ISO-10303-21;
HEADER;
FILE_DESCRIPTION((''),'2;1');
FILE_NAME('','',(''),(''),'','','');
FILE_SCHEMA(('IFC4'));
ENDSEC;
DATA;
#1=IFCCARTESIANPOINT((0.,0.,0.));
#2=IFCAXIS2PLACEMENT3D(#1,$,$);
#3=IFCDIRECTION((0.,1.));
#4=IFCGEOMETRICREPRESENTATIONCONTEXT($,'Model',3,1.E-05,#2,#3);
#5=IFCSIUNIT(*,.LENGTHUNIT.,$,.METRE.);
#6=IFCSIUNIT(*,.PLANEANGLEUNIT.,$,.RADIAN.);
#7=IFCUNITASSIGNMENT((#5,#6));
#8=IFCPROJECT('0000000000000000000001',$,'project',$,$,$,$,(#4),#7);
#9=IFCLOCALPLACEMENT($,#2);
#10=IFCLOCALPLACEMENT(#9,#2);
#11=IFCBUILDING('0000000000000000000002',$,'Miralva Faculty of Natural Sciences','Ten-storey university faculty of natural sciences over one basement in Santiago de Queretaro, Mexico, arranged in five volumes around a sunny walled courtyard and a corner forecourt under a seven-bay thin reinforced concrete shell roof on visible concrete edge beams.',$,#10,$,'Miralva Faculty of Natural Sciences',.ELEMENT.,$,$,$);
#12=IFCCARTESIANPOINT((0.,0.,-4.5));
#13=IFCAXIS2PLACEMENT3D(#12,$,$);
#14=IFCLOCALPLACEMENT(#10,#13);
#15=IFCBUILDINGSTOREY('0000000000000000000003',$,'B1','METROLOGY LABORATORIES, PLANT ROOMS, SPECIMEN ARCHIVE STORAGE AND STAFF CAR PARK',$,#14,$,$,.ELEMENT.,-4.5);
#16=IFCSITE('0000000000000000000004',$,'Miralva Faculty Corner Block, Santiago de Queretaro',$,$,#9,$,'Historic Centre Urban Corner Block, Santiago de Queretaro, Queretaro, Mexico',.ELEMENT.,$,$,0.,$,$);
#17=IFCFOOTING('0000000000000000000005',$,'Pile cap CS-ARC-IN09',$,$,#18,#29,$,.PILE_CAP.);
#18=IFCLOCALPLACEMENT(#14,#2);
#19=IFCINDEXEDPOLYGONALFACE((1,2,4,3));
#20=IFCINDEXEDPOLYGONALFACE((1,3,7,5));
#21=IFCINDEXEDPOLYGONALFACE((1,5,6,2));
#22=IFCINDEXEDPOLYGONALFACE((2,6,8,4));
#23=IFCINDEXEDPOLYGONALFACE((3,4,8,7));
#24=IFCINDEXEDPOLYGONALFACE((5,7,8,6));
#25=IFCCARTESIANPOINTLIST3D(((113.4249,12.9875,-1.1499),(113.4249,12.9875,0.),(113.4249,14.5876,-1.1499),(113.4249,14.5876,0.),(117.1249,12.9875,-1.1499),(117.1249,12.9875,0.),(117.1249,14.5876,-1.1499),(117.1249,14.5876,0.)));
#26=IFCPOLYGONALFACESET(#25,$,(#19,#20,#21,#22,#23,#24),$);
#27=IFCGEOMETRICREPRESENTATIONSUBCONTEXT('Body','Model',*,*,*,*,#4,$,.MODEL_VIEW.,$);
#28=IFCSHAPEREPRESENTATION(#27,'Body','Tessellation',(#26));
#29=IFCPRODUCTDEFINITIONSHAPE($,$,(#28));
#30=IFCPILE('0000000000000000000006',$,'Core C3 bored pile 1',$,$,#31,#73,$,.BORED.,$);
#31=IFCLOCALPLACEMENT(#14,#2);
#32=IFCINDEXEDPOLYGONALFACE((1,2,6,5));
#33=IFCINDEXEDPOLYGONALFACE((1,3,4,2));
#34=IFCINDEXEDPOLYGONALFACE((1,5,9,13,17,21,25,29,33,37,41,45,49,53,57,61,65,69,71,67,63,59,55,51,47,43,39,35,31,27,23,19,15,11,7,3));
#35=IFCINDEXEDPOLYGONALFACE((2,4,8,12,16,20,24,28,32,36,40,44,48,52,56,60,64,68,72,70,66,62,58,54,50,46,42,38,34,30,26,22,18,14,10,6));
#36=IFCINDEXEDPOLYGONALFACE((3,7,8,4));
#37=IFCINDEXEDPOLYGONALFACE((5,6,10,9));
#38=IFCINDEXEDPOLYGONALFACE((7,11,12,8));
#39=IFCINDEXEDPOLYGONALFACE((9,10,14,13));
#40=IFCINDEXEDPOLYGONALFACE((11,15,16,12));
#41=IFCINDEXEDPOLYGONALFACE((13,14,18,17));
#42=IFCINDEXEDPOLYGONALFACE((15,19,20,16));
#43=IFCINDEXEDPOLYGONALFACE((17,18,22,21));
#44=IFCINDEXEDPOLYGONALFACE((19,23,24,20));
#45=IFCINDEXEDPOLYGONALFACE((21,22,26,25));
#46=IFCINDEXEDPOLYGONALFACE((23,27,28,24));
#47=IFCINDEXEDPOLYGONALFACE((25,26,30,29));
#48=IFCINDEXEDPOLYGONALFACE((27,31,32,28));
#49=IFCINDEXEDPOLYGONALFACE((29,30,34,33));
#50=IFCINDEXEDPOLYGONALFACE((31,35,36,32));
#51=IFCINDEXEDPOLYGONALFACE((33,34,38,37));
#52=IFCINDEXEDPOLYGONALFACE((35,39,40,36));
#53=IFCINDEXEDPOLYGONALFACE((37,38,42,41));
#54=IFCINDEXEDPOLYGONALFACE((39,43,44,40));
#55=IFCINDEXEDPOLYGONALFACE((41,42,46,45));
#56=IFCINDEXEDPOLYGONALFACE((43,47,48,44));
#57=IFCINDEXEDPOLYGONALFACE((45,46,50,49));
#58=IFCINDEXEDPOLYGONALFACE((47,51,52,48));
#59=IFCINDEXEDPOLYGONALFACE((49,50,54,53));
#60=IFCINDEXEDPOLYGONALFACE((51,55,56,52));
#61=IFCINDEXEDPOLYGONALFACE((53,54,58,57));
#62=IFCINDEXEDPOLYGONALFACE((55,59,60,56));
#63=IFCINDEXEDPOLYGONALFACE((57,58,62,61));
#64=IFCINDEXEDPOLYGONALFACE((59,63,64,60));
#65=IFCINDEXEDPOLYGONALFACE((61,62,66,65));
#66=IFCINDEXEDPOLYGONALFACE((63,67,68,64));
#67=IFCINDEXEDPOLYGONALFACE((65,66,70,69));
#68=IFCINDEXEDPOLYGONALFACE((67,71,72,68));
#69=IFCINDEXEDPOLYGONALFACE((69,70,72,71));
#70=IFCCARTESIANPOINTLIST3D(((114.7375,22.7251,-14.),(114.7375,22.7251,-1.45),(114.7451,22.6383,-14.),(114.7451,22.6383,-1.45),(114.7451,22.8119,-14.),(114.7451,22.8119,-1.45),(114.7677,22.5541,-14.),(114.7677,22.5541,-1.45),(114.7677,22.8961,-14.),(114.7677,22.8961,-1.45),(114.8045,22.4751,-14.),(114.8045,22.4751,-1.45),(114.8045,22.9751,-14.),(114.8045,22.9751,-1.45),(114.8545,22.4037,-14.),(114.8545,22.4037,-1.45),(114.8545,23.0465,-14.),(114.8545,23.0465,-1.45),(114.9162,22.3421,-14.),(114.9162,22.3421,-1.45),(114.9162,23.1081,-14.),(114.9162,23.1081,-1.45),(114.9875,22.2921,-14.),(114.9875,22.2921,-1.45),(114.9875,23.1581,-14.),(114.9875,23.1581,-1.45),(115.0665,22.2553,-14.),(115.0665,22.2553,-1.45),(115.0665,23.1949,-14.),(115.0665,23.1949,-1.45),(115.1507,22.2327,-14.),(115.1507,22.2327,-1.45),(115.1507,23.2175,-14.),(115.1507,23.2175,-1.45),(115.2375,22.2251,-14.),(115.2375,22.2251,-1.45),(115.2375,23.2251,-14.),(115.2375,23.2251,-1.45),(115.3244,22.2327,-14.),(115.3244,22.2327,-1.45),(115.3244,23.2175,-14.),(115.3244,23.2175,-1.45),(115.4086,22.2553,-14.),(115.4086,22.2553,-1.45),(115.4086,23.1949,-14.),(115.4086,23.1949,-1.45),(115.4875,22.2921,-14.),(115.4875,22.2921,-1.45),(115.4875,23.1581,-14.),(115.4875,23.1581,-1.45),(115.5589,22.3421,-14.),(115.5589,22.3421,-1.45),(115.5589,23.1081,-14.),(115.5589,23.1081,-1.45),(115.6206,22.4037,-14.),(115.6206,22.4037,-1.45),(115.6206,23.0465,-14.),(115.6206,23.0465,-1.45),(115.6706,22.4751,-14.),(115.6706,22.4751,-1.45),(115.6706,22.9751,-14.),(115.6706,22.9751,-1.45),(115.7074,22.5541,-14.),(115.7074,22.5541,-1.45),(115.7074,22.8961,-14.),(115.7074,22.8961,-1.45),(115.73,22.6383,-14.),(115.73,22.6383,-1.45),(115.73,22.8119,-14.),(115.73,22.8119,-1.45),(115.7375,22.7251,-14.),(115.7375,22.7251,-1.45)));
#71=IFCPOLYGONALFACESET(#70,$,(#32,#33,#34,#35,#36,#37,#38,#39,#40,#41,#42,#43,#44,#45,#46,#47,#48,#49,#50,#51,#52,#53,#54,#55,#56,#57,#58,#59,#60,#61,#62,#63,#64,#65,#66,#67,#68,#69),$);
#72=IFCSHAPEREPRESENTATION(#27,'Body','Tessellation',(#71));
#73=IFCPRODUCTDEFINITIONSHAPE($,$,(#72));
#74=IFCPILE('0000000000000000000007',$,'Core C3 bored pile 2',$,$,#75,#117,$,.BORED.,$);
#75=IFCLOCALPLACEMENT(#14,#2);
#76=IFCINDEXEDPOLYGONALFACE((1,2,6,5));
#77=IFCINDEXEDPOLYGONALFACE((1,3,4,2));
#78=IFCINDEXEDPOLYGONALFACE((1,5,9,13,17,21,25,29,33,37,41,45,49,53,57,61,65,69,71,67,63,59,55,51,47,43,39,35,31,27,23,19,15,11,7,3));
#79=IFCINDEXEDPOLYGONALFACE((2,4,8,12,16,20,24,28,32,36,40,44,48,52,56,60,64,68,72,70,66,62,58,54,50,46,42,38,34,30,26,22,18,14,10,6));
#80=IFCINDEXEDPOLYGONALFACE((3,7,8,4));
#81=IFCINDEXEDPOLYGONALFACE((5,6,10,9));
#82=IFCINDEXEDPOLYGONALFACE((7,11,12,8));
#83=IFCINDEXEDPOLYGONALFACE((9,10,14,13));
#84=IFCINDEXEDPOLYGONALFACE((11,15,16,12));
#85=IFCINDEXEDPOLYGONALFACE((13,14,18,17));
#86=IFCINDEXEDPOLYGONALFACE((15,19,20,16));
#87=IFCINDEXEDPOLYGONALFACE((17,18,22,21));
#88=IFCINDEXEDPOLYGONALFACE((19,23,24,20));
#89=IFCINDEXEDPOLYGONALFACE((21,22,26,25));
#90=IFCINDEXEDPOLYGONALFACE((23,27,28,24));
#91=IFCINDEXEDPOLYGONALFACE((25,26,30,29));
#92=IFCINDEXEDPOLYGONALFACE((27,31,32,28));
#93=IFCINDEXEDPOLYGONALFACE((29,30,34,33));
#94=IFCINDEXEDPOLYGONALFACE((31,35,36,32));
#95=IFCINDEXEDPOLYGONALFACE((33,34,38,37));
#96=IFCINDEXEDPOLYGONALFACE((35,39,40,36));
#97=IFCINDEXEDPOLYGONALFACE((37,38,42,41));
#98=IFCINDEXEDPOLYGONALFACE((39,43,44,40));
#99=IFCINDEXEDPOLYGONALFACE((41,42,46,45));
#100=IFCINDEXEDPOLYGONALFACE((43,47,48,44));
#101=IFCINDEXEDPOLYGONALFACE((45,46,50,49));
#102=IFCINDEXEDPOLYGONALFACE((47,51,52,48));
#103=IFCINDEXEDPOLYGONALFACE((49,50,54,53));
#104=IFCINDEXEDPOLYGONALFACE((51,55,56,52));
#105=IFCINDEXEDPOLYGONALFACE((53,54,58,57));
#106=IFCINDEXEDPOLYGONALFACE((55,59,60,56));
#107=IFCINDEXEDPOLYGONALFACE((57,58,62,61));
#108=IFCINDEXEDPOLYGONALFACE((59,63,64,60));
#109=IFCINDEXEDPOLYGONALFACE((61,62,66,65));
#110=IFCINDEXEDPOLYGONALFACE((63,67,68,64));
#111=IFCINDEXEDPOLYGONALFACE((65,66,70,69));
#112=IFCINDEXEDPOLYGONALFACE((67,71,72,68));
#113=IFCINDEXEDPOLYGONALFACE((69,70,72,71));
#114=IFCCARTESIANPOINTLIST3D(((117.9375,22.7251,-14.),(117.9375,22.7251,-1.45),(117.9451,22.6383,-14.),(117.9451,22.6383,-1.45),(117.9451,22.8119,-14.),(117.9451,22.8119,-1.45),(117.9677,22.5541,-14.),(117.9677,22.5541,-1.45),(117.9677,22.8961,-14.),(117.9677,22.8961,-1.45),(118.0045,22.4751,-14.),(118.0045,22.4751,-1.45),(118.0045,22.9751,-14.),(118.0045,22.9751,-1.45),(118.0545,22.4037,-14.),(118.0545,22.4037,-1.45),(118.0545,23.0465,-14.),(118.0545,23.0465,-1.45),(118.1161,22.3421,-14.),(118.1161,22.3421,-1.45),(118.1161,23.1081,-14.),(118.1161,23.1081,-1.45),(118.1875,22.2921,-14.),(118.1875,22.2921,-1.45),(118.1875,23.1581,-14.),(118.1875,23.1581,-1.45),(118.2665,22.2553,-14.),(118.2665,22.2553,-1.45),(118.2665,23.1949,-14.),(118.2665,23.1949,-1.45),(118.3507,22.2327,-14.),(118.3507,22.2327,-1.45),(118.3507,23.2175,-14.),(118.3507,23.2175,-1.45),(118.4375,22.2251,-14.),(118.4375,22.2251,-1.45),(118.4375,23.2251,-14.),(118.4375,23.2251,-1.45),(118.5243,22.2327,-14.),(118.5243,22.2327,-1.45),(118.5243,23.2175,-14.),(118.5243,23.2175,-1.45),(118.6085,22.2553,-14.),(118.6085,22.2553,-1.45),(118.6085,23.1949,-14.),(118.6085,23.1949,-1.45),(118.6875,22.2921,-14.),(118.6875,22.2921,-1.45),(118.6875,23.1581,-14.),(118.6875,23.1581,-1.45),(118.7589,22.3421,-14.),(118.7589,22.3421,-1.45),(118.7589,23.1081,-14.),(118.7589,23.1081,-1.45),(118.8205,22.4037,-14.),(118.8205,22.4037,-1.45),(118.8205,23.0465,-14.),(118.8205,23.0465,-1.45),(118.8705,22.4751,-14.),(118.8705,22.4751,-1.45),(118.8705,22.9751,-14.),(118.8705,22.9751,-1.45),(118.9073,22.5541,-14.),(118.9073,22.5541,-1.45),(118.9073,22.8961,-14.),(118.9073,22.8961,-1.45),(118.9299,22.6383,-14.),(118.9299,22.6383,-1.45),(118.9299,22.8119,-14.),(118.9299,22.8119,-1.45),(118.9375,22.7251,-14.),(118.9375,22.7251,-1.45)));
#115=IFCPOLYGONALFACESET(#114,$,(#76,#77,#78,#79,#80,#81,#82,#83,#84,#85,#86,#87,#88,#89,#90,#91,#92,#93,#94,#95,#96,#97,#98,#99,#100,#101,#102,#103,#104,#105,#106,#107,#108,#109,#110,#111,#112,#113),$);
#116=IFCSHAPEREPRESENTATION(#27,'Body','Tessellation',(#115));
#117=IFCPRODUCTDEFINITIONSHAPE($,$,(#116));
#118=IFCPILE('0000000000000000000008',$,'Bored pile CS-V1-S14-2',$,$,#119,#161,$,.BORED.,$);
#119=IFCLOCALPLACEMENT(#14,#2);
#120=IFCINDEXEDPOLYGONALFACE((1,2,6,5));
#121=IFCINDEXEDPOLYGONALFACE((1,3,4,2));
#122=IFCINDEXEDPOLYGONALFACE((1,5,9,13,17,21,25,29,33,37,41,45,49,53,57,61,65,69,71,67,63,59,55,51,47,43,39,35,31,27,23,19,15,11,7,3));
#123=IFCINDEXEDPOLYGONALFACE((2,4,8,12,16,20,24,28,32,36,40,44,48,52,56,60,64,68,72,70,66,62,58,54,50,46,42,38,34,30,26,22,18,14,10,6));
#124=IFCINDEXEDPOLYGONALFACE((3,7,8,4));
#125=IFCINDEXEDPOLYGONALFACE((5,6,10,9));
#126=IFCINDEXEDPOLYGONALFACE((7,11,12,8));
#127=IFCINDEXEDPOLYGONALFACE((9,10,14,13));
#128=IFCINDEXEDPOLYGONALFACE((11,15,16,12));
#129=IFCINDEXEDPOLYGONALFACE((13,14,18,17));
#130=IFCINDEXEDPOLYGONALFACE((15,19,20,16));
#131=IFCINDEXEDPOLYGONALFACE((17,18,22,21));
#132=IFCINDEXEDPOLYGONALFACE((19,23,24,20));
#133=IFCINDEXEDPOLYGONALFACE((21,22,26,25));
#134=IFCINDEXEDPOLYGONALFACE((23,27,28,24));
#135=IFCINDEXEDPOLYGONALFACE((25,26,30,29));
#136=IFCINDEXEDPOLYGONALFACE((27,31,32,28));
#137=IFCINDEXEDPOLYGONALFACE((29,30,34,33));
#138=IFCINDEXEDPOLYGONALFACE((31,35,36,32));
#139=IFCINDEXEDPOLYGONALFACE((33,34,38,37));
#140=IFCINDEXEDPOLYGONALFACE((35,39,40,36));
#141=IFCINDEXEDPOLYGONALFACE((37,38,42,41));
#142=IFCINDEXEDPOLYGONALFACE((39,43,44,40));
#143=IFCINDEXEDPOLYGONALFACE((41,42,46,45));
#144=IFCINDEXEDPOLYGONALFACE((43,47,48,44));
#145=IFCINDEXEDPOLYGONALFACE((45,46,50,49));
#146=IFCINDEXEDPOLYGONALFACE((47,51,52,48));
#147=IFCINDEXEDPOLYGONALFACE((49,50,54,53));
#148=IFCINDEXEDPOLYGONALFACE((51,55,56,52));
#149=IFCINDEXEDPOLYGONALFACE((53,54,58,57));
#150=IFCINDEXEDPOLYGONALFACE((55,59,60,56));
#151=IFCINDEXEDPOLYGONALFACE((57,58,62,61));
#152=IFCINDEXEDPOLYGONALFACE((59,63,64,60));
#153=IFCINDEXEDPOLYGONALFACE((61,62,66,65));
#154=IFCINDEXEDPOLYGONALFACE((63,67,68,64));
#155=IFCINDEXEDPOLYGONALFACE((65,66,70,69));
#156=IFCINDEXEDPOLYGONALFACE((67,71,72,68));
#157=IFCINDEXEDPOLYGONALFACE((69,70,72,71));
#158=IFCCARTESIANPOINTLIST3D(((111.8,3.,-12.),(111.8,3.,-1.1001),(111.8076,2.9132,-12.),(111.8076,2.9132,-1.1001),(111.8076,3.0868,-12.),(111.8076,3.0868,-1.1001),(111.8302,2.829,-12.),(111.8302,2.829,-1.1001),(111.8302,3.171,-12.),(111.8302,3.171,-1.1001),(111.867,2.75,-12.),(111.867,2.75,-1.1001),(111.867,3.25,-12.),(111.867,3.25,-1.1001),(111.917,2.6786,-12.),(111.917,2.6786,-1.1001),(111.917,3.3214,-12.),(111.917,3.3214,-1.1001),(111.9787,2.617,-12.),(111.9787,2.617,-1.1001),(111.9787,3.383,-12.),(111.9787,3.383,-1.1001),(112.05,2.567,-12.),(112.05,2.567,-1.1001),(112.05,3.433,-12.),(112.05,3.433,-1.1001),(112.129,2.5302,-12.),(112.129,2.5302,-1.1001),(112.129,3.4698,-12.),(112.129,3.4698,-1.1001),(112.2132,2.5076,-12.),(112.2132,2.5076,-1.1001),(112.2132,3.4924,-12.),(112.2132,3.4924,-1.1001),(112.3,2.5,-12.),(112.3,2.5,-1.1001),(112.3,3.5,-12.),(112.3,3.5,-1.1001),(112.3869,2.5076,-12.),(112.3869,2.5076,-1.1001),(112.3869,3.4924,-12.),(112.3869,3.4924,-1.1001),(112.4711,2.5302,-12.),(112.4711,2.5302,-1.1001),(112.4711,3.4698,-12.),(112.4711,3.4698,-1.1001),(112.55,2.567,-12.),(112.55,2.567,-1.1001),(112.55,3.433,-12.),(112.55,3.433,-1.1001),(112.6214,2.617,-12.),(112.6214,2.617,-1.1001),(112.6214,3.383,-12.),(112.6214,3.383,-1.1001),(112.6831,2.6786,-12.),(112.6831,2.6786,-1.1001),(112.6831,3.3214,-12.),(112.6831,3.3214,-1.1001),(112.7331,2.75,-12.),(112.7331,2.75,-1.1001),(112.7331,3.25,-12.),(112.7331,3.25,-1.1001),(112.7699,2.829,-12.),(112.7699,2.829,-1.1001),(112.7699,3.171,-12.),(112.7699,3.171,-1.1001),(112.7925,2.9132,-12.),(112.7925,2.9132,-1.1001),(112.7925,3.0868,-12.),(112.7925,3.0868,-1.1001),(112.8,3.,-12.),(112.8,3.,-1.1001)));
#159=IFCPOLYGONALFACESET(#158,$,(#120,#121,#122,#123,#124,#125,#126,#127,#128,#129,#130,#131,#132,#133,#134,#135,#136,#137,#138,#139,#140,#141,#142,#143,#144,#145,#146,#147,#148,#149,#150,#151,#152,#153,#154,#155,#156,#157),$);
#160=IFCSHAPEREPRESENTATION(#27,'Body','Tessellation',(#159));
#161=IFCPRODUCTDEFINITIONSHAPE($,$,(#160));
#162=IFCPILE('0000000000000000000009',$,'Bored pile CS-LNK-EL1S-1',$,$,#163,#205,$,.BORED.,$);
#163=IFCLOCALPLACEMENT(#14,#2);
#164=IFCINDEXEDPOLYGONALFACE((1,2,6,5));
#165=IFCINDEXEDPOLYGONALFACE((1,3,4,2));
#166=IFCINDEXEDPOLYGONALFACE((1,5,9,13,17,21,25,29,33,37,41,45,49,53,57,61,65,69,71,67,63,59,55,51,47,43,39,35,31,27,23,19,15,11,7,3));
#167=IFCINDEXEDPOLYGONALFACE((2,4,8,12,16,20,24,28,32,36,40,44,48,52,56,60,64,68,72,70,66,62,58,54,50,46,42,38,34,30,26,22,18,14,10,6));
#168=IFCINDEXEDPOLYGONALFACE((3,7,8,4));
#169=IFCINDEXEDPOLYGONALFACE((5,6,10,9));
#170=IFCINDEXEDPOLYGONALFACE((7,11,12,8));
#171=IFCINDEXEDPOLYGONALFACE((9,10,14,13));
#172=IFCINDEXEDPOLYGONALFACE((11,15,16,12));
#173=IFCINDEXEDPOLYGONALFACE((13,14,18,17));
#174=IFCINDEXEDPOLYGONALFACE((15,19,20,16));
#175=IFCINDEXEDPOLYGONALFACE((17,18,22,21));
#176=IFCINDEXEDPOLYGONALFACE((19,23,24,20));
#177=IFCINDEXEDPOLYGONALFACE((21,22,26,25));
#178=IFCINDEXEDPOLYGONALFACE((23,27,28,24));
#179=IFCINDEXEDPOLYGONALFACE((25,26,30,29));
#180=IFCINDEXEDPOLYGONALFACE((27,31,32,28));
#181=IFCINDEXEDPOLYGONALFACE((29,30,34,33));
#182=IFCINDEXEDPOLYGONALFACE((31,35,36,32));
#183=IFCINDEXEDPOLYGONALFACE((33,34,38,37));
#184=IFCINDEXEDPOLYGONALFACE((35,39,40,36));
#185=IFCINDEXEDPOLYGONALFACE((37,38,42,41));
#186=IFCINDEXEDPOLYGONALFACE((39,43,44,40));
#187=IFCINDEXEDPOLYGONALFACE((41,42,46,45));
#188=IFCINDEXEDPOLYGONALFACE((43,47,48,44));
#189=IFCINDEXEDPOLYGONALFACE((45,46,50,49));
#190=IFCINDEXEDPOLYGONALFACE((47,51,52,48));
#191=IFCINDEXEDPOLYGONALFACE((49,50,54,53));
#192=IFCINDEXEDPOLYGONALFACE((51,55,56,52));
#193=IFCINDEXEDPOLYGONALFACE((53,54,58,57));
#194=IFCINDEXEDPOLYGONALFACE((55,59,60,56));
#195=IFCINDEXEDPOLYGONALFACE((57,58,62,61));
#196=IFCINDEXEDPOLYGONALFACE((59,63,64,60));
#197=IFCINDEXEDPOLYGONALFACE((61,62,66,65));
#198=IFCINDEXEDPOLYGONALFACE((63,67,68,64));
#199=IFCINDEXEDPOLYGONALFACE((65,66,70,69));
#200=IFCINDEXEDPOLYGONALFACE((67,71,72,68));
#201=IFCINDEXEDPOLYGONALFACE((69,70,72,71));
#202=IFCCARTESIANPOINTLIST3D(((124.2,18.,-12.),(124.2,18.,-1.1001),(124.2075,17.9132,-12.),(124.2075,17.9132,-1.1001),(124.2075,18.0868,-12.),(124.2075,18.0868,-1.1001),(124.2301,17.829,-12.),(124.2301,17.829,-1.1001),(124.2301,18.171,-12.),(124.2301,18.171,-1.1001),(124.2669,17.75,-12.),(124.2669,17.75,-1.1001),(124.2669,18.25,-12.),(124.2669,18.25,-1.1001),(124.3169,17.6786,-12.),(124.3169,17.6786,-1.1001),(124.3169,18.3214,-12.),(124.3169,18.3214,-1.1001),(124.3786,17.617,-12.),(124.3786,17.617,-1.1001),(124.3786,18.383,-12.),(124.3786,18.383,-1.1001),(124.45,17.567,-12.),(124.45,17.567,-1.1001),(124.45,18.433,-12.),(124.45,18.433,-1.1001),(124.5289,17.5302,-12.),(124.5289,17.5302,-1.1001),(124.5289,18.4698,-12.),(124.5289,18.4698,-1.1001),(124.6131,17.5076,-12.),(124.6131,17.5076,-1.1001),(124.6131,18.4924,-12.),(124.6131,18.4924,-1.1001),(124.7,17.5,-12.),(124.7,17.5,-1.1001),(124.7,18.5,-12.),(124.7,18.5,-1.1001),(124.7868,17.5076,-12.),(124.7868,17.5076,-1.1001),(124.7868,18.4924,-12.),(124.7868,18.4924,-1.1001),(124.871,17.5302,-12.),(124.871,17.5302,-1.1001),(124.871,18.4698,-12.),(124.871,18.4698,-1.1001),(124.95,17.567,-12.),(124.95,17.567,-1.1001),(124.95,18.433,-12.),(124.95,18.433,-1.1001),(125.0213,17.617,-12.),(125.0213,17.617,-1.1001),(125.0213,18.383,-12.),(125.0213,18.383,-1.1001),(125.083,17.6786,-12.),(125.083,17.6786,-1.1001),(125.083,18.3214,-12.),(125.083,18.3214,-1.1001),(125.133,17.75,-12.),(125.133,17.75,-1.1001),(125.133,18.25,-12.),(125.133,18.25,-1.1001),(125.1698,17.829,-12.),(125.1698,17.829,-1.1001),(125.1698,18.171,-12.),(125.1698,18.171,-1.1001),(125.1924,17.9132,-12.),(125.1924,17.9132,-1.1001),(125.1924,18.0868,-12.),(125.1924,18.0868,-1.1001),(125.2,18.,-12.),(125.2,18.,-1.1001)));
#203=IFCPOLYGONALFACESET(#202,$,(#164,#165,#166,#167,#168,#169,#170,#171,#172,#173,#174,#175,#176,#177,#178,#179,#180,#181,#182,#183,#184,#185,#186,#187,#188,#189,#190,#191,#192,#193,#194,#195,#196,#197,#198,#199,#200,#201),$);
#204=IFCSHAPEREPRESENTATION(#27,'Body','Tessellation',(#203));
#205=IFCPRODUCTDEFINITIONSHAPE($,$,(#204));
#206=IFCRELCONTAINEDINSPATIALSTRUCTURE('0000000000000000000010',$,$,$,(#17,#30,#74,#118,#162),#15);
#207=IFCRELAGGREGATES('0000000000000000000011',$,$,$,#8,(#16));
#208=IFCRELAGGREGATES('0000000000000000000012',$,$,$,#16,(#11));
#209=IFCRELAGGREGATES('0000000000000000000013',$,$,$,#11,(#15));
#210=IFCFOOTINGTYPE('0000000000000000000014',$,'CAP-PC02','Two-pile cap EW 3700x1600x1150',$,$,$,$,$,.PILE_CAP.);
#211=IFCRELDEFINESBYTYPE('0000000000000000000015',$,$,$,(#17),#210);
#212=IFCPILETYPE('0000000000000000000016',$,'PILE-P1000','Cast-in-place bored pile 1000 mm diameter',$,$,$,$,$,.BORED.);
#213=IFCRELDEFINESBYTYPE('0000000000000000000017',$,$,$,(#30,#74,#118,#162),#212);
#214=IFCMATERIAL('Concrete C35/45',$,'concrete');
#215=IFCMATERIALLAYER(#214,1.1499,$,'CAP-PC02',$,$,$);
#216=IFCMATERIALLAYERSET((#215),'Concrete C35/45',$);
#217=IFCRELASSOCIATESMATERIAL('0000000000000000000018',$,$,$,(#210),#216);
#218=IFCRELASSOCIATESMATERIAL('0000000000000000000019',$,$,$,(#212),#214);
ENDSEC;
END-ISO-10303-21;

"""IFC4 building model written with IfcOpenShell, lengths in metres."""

from ifc_helpers import new_model, si_unit, direction, frame, origin, origin_2d, place, context, subcontext, project, spatial, rectangle, circle, extrude, material, layer, layer_set, material_profile, profile_set, type_object, element, save


model = new_model("IFC4")

# Units and contexts
model_context = context("Model", 3, precision=1e-05, world=origin(), true_north=direction((0.0, 1.0)))
body_context = subcontext(model_context, "Body", "Model", "MODEL_VIEW")
ifc_project = project(units=[si_unit("LENGTHUNIT", "METRE"), si_unit("PLANEANGLEUNIT", "RADIAN")], contexts=[model_context])

# Site, building, storey
site_placement = place(None, origin())
site = spatial("IfcSite", under=ifc_project, at=site_placement, Name="Miralva Faculty Corner Block, Santiago de Queretaro", LongName="Historic Centre Urban Corner Block, Santiago de Queretaro, Queretaro, Mexico", CompositionType="ELEMENT", RefElevation=0.0)
building_placement = place(site_placement, origin())
building = spatial("IfcBuilding", under=site, at=building_placement, Name="Miralva Faculty of Natural Sciences", Description="Ten-storey university faculty of natural sciences over one basement in Santiago de Queretaro, Mexico, arranged in five volumes around a sunny walled courtyard and a corner forecourt under a seven-bay thin reinforced concrete shell roof on visible concrete edge beams.", LongName="Miralva Faculty of Natural Sciences", CompositionType="ELEMENT")
storey_placement = place(building_placement, frame((0.0, 0.0, -4.5)))
storey = spatial("IfcBuildingStorey", under=building, at=storey_placement, Name="B1", Description="METROLOGY LABORATORIES, PLANT ROOMS, SPECIMEN ARCHIVE STORAGE AND STAFF CAR PARK", CompositionType="ELEMENT", Elevation=-4.5)

# Footing
ifc_material_1 = material(Name="Concrete C35/45", Category="concrete")
ifc_layer_1 = layer(ifc_material_1, 1.1499, Name="CAP-PC02")
ifc_layer_set_1 = layer_set([ifc_layer_1], Name="Concrete C35/45")
footing_type = type_object("IfcFootingType", Name="CAP-PC02", Description="Two-pile cap EW 3700x1600x1150", PredefinedType="PILE_CAP", material=ifc_layer_set_1)
footing_placement = place(storey_placement, frame((115.2749, 13.7876, -1.1499), z_axis=(0.0, 0.0, 1.0), x_axis=(1.0, 0.0, 0.0)))
element("IfcFooting", 1, at=footing_placement, inside=storey, type_object=footing_type, Name="Pile cap CS-ARC-IN09", PredefinedType="PILE_CAP", context=body_context, shape_type="SweptSolid", body=[
    extrude(rectangle(XDim=3.7, YDim=1.6001, at=origin_2d()), origin(), (0.0, 0.0, 1.0), 1.1499),
])

# Piles
ifc_material_profile_1 = material_profile(ifc_material_1, circle(Radius=0.5, at=origin_2d()), Name="BORED PILE 1000")
ifc_profile_set_1 = profile_set([ifc_material_profile_1], Name="Concrete C35/45")
pile_type_1 = type_object("IfcPileType", Name="PILE-P1000", Description="Cast-in-place bored pile 1000 mm diameter", PredefinedType="BORED", material=ifc_profile_set_1)
for number, where, z_axis, x_axis, name in (
    (2, (115.2375, 22.7251, -1.45), (0.0, 0.0, -1.0), (1.0, 0.0, 0.0), "Core C3 bored pile 1"),
    (3, (118.4375, 22.7251, -1.45), (0.0, 0.0, -1.0), (1.0, 0.0, 0.0), "Core C3 bored pile 2"),
):
    element("IfcPile", number, at=place(storey_placement, frame(where, z_axis=z_axis, x_axis=x_axis)), inside=storey, type_object=pile_type_1, Name=name, PredefinedType="BORED", context=body_context, shape_type="SweptSolid", body=[
        extrude(circle(Radius=0.5, at=origin_2d()), origin(), (0.0, 0.0, 1.0), 12.55),
    ])
for number, where, z_axis, x_axis, name in (
    (4, (112.3, 3.0, -1.1001), (0.0, 0.0, -1.0), (1.0, 0.0, 0.0), "Bored pile CS-V1-S14-2"),
    (5, (124.7, 18.0, -1.1001), (0.0, 0.0, -1.0), (1.0, 0.0, 0.0), "Bored pile CS-LNK-EL1S-1"),
):
    element("IfcPile", number, at=place(storey_placement, frame(where, z_axis=z_axis, x_axis=x_axis)), inside=storey, type_object=pile_type_1, Name=name, PredefinedType="BORED", context=body_context, shape_type="SweptSolid", body=[
        extrude(circle(Radius=0.5, at=origin_2d()), origin(), (0.0, 0.0, 1.0), 10.8999),
    ])

save(model, "model.ifc")
